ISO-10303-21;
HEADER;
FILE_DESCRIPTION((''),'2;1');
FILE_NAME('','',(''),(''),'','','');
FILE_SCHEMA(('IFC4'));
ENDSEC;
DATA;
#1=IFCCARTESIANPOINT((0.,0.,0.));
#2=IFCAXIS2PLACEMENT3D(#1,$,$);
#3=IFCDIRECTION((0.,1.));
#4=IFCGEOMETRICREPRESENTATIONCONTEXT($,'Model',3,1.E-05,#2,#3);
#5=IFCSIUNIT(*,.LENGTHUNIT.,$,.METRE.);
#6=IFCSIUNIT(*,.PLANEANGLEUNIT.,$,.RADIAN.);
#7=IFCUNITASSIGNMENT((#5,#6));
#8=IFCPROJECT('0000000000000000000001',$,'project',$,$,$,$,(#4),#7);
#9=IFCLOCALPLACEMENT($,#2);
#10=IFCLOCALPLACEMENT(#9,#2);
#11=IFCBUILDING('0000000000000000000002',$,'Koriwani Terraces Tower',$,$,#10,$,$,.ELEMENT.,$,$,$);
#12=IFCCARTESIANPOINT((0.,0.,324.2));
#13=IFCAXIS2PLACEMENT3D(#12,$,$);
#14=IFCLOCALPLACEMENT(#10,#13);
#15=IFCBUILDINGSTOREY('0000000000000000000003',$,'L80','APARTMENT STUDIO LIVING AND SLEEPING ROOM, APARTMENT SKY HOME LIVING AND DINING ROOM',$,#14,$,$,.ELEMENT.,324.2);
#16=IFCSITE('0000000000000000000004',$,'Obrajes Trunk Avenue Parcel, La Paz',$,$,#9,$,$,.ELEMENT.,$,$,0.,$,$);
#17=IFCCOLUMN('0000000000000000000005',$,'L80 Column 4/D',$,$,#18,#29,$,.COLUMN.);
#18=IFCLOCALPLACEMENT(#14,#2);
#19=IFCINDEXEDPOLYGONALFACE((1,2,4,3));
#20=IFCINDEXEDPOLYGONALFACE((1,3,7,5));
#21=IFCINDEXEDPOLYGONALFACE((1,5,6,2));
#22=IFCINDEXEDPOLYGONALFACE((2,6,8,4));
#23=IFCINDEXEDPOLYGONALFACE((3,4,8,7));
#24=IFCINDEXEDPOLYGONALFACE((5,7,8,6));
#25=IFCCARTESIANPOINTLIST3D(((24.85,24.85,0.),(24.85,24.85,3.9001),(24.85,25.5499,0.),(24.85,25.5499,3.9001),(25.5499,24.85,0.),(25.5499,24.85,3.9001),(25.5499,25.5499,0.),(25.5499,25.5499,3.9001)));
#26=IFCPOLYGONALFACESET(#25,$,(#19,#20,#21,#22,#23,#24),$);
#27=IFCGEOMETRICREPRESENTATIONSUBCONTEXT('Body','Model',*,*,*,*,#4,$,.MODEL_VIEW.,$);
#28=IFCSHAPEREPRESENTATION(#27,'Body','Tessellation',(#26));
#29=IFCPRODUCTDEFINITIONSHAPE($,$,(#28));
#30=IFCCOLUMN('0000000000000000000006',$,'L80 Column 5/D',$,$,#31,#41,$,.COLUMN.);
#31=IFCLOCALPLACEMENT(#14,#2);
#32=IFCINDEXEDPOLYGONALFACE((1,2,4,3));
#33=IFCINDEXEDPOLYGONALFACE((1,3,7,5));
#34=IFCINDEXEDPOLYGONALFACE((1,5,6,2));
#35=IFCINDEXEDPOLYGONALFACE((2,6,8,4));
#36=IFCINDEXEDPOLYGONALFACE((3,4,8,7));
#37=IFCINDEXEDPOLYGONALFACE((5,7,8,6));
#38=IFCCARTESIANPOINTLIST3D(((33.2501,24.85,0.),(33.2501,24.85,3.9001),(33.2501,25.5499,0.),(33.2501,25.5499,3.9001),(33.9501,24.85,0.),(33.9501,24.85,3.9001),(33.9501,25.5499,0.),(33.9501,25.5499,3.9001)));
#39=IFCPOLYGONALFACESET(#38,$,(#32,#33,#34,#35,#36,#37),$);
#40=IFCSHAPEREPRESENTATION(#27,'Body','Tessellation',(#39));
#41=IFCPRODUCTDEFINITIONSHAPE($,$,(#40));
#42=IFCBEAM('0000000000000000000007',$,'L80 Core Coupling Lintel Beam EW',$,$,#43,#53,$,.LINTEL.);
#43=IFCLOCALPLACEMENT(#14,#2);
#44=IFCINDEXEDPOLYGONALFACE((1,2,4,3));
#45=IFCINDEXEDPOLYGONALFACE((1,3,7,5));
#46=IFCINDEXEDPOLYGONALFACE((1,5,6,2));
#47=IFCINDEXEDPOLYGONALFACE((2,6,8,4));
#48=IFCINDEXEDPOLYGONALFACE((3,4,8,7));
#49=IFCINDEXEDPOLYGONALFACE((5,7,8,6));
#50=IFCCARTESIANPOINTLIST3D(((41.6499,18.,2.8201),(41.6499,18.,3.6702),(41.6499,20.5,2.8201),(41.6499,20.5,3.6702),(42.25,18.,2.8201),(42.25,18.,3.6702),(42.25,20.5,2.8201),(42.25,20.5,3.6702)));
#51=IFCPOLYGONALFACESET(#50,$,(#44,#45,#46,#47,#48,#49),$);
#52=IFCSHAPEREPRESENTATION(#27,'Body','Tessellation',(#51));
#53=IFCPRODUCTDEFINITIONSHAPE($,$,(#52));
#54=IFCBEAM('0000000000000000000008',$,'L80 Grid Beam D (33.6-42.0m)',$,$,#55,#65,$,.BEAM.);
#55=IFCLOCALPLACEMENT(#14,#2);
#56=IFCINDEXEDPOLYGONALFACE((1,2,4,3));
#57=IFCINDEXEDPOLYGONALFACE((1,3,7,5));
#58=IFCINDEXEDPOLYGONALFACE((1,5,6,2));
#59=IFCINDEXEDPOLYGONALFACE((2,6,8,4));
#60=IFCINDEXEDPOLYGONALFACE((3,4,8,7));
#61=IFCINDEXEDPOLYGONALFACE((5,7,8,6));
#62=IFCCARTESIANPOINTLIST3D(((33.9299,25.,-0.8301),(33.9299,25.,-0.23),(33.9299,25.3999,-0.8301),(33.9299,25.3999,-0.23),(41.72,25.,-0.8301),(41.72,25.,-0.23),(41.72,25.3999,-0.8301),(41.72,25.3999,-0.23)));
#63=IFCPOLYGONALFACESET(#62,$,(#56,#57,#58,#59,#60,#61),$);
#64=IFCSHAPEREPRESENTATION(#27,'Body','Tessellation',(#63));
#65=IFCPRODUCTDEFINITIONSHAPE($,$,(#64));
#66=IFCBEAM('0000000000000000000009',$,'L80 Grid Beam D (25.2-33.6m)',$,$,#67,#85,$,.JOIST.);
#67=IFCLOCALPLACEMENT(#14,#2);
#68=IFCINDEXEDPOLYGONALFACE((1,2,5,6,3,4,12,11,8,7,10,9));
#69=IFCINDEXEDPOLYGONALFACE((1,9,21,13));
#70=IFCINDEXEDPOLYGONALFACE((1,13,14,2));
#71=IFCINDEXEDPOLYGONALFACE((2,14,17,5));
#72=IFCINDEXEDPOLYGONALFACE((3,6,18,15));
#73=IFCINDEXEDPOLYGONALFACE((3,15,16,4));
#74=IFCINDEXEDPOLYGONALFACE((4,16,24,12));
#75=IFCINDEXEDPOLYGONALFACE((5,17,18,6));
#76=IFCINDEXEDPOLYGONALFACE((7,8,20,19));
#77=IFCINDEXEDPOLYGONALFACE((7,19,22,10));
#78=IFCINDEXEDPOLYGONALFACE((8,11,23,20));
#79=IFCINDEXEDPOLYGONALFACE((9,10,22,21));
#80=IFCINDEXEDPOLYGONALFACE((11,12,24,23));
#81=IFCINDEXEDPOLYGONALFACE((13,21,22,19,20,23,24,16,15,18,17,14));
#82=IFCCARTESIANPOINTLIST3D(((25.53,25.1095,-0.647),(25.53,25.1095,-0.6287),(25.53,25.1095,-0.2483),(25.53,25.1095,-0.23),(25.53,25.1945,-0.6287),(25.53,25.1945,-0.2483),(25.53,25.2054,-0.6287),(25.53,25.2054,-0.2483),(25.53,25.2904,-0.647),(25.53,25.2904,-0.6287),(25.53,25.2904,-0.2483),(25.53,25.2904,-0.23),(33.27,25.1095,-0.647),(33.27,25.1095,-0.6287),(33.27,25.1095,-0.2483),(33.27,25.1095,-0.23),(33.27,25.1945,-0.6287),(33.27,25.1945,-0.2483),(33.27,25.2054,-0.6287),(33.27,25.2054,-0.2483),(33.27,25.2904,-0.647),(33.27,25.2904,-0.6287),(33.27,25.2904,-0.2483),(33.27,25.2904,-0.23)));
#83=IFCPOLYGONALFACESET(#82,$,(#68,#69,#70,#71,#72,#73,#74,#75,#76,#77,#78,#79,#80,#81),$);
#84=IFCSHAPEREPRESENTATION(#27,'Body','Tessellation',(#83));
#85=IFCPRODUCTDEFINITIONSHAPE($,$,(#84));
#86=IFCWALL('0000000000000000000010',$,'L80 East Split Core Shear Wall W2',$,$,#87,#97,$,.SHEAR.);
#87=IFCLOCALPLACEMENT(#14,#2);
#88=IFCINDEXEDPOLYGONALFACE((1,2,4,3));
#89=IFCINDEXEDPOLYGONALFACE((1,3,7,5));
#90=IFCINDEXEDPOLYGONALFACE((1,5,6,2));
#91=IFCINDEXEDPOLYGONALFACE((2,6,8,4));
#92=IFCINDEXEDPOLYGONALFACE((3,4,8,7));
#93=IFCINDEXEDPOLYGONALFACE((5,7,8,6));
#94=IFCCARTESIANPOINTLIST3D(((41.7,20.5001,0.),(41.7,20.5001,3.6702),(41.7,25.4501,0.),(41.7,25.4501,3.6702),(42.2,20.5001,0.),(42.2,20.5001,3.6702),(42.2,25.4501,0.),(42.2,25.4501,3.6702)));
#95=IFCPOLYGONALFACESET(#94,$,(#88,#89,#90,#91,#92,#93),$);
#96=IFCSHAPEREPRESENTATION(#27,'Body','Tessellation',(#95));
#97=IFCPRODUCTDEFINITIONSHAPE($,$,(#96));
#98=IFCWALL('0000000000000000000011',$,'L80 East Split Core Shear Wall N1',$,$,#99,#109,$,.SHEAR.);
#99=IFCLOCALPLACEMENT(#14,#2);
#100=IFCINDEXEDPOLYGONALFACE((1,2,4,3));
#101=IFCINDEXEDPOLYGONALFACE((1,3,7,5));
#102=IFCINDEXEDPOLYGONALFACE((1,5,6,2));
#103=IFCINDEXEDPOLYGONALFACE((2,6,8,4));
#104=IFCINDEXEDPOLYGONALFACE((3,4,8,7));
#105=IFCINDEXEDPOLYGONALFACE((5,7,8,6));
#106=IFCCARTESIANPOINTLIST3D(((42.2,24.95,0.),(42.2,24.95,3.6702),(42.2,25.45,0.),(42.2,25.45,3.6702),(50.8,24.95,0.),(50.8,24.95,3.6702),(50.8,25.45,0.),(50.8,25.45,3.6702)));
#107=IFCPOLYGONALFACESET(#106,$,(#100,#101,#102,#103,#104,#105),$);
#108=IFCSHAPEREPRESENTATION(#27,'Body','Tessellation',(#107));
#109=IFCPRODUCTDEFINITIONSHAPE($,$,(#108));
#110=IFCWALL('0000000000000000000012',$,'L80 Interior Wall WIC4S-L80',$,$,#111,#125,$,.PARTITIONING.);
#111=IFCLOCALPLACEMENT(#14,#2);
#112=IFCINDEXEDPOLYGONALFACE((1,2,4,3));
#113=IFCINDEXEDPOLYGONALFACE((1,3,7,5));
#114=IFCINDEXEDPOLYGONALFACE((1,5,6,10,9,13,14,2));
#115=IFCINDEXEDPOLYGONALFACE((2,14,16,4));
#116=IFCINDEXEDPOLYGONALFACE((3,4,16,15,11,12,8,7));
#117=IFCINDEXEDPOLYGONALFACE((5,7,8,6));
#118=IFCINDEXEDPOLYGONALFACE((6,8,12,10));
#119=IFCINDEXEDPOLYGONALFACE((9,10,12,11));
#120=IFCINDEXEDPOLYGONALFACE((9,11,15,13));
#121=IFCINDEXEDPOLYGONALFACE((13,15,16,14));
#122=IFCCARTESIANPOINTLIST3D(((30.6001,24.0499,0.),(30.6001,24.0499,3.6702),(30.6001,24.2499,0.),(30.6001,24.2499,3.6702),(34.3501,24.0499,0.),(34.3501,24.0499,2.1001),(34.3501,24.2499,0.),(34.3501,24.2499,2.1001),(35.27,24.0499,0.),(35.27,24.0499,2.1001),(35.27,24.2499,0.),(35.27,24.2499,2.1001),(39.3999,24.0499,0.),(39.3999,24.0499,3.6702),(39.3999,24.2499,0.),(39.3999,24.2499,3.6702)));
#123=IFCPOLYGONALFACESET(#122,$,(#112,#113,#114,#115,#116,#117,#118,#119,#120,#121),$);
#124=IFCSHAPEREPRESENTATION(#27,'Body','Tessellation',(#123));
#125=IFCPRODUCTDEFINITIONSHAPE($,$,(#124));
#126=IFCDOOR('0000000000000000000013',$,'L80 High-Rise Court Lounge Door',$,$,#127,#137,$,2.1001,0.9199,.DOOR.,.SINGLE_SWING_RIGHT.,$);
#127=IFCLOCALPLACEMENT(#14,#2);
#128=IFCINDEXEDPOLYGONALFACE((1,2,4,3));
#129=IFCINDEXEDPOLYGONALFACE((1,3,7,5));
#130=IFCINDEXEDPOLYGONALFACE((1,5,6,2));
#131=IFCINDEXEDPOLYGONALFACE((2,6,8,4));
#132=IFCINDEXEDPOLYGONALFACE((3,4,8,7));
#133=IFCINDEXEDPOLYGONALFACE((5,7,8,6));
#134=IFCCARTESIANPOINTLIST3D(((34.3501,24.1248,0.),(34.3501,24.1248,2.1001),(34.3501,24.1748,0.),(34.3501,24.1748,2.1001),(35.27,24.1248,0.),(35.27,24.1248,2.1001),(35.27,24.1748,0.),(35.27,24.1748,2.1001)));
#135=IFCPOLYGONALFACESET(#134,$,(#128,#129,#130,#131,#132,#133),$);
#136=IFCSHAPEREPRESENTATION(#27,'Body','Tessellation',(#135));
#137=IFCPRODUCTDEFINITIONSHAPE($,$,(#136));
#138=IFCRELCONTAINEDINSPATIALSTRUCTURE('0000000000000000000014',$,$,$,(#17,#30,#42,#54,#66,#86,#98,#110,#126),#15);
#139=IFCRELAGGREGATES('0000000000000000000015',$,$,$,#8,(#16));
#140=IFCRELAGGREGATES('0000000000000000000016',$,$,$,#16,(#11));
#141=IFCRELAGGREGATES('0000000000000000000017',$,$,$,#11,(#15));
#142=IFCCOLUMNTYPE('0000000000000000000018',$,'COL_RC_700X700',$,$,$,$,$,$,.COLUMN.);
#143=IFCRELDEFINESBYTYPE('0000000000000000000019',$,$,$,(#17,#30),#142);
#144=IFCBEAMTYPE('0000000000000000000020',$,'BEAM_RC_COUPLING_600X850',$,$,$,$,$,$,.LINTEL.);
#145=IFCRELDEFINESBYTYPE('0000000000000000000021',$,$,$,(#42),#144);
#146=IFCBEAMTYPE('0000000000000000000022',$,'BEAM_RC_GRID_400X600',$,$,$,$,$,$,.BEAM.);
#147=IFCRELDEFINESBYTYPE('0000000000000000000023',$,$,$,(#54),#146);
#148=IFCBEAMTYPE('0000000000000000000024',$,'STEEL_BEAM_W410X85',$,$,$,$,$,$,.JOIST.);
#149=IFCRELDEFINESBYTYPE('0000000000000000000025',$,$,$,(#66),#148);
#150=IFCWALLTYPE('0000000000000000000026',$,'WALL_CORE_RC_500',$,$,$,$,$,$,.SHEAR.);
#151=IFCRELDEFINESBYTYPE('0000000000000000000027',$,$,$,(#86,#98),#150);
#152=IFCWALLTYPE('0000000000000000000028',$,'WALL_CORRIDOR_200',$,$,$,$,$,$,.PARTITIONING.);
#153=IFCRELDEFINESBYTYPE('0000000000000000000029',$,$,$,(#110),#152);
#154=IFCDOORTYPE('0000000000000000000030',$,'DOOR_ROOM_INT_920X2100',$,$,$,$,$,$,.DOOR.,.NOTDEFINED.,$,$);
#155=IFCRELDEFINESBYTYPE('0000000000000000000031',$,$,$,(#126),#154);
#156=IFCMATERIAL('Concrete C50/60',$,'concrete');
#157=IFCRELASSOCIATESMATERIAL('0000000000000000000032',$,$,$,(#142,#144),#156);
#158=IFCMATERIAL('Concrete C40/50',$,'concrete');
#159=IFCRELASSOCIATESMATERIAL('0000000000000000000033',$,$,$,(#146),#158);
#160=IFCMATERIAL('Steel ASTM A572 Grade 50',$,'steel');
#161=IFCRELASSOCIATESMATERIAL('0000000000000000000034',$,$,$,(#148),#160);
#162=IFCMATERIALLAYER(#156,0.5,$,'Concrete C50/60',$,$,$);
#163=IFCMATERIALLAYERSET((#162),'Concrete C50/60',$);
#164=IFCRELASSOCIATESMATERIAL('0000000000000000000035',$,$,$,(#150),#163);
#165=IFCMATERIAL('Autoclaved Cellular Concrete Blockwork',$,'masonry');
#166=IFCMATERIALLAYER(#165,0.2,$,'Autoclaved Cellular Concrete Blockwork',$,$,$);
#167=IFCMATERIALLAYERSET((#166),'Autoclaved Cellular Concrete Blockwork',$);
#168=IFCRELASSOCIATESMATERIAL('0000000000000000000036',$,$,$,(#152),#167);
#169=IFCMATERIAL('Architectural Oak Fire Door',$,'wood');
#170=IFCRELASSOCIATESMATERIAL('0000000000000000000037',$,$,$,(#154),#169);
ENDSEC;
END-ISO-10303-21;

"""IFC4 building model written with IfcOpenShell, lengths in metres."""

from ifc_helpers import new_model, si_unit, direction, frame, frame_2d, origin, origin_2d, place, context, subcontext, project, spatial, rectangle, i_section, extrude, material, layer, layer_set, material_profile, profile_set, type_object, element, fill, save


model = new_model("IFC4")

# Units and contexts
model_context = context("Model", 3, precision=1e-05, world=origin(), true_north=direction((0.0, 1.0)))
body_context = subcontext(model_context, "Body", "Model", "MODEL_VIEW")
ifc_project = project(units=[si_unit("LENGTHUNIT", "METRE"), si_unit("PLANEANGLEUNIT", "RADIAN")], contexts=[model_context])

# Site, building, storey
site_placement = place(None, origin())
site = spatial("IfcSite", under=ifc_project, at=site_placement, Name="Obrajes Trunk Avenue Parcel, La Paz", CompositionType="ELEMENT", RefElevation=0.0)
building_placement = place(site_placement, origin())
building = spatial("IfcBuilding", under=site, at=building_placement, Name="Koriwani Terraces Tower", CompositionType="ELEMENT")
storey_placement = place(building_placement, frame((0.0, 0.0, 324.2)))
storey = spatial("IfcBuildingStorey", under=building, at=storey_placement, Name="L80", Description="APARTMENT STUDIO LIVING AND SLEEPING ROOM, APARTMENT SKY HOME LIVING AND DINING ROOM", CompositionType="ELEMENT", Elevation=324.2)

# Columns
ifc_material_1 = material(Name="Concrete C50/60", Category="concrete")
ifc_material_profile_1 = material_profile(ifc_material_1, rectangle(XDim=0.7, YDim=0.7, at=origin_2d()), Name="Concrete C50/60", Category="LoadBearing")
ifc_profile_set_1 = profile_set([ifc_material_profile_1], Name="Concrete C50/60")
column_type = type_object("IfcColumnType", Name="COL_RC_700X700", PredefinedType="COLUMN", material=ifc_profile_set_1)
for number, where, z_axis, x_axis, name in (
    (1, (25.2, 25.2, 0.0), (0.0, 0.0, 1.0), (1.0, 0.0, 0.0), "L80 Column 4/D"),
    (2, (33.6001, 25.2, 0.0), (0.0, 0.0, 1.0), (1.0, 0.0, 0.0), "L80 Column 5/D"),
):
    element("IfcColumn", number, at=place(storey_placement, frame(where, z_axis=z_axis, x_axis=x_axis)), inside=storey, type_object=column_type, Name=name, PredefinedType="COLUMN", context=body_context, shape_type="SweptSolid", body=[
        extrude(rectangle(XDim=0.7, YDim=0.7, at=origin_2d()), origin(), (0.0, 0.0, 1.0), 3.9001),
    ])

# Beams
ifc_material_profile_2 = material_profile(ifc_material_1, rectangle(XDim=0.6001, YDim=0.8501, at=origin_2d()), Name="Concrete C50/60", Category="LoadBearing")
ifc_profile_set_2 = profile_set([ifc_material_profile_2], Name="Concrete C50/60")
beam_type_1 = type_object("IfcBeamType", Name="BEAM_RC_COUPLING_600X850", PredefinedType="LINTEL", material=ifc_profile_set_2)
beam_1_placement = place(storey_placement, frame((41.95, 18.0, 3.2451), z_axis=(0.0, 1.0, 0.0), x_axis=(-1.0, 0.0, 0.0)))
element("IfcBeam", 3, at=beam_1_placement, inside=storey, type_object=beam_type_1, Name="L80 Core Coupling Lintel Beam EW", PredefinedType="LINTEL", context=body_context, shape_type="SweptSolid", body=[
    extrude(rectangle(XDim=0.6001, YDim=0.8501, at=origin_2d()), origin(), (0.0, 0.0, 1.0), 2.5),
])
ifc_material_2 = material(Name="Concrete C40/50", Category="concrete")
ifc_material_profile_3 = material_profile(ifc_material_2, rectangle(XDim=0.3999, YDim=0.6001, at=origin_2d()), Name="Concrete C40/50", Category="LoadBearing")
ifc_profile_set_3 = profile_set([ifc_material_profile_3], Name="Concrete C40/50")
beam_type_2 = type_object("IfcBeamType", Name="BEAM_RC_GRID_400X600", PredefinedType="BEAM", material=ifc_profile_set_3)
beam_2_placement = place(storey_placement, frame((33.9299, 25.2, -0.53), z_axis=(1.0, 0.0, 0.0), x_axis=(0.0, 1.0, 0.0)))
element("IfcBeam", 4, at=beam_2_placement, inside=storey, type_object=beam_type_2, Name="L80 Grid Beam D (33.6-42.0m)", PredefinedType="BEAM", context=body_context, shape_type="SweptSolid", body=[
    extrude(rectangle(XDim=0.3999, YDim=0.6001, at=origin_2d()), origin(), (0.0, 0.0, 1.0), 7.79),
])
ifc_material_3 = material(Name="Steel ASTM A572 Grade 50", Category="steel")
ifc_material_profile_4 = material_profile(ifc_material_3, i_section(OverallWidth=0.1809, OverallDepth=0.417, WebThickness=0.011, FlangeThickness=0.0183, at=origin_2d()), Name="Steel ASTM A572 Grade 50", Category="LoadBearing")
ifc_profile_set_4 = profile_set([ifc_material_profile_4], Name="Steel ASTM A572 Grade 50")
beam_type_3 = type_object("IfcBeamType", Name="STEEL_BEAM_W410X85", PredefinedType="JOIST", material=ifc_profile_set_4)
beam_3_placement = place(storey_placement, frame((25.53, 25.2, -0.4385), z_axis=(1.0, 0.0, 0.0), x_axis=(0.0, 1.0, 0.0)))
element("IfcBeam", 5, at=beam_3_placement, inside=storey, type_object=beam_type_3, Name="L80 Grid Beam D (25.2-33.6m)", PredefinedType="JOIST", context=body_context, shape_type="SweptSolid", body=[
    extrude(i_section(OverallWidth=0.1809, OverallDepth=0.417, WebThickness=0.011, FlangeThickness=0.0183, at=origin_2d()), origin(), (0.0, 0.0, 1.0), 7.74),
])

# Walls
ifc_layer_1 = layer(ifc_material_1, 0.5, Name="Concrete C50/60")
ifc_layer_set_1 = layer_set([ifc_layer_1], Name="Concrete C50/60")
wall_type_1 = type_object("IfcWallType", Name="WALL_CORE_RC_500", PredefinedType="SHEAR", material=ifc_layer_set_1)
wall_1_placement = place(storey_placement, frame((41.95, 20.5, 0.0), z_axis=(0.0, 0.0, 1.0), x_axis=(0.0, 1.0, 0.0)))
element("IfcWall", 6, at=wall_1_placement, inside=storey, type_object=wall_type_1, Name="L80 East Split Core Shear Wall W2", PredefinedType="SHEAR", context=body_context, shape_type="SweptSolid", body=[
    extrude(rectangle(XDim=4.95, YDim=0.5, at=frame_2d((2.4751, 0.0))), origin(), (0.0, 0.0, 1.0), 3.6702),
])
wall_2_placement = place(storey_placement, frame((42.2, 25.2, 0.0), z_axis=(0.0, 0.0, 1.0), x_axis=(1.0, 0.0, 0.0)))
element("IfcWall", 7, at=wall_2_placement, inside=storey, type_object=wall_type_1, Name="L80 East Split Core Shear Wall N1", PredefinedType="SHEAR", context=body_context, shape_type="SweptSolid", body=[
    extrude(rectangle(XDim=8.6001, YDim=0.5, at=frame_2d((4.3, 0.0))), origin(), (0.0, 0.0, 1.0), 3.6702),
])

# Wall, opening, door
ifc_material_4 = material(Name="Autoclaved Cellular Concrete Blockwork", Category="masonry")
ifc_layer_2 = layer(ifc_material_4, 0.2, Name="Autoclaved Cellular Concrete Blockwork")
ifc_layer_set_2 = layer_set([ifc_layer_2], Name="Autoclaved Cellular Concrete Blockwork")
wall_type_2 = type_object("IfcWallType", Name="WALL_CORRIDOR_200", PredefinedType="PARTITIONING", material=ifc_layer_set_2)
wall_3_placement = place(storey_placement, frame((30.6001, 24.1499, 0.0), z_axis=(0.0, 0.0, 1.0), x_axis=(1.0, 0.0, 0.0)))
wall_3 = element("IfcWall", 8, at=wall_3_placement, inside=storey, type_object=wall_type_2, Name="L80 Interior Wall WIC4S-L80", PredefinedType="PARTITIONING", context=body_context, shape_type="SweptSolid", body=[
    extrude(rectangle(XDim=8.7998, YDim=0.2, at=frame_2d((4.3999, 0.0))), origin(), (0.0, 0.0, 1.0), 3.6702),
])
opening_1_placement = place(wall_3_placement, frame((3.75, 0.0, 0.0)))
opening_1 = element("IfcOpeningElement", 9, at=opening_1_placement, cuts=wall_3, PredefinedType="OPENING", context=body_context, shape_type="SweptSolid", body=[
    extrude(rectangle(XDim=0.9199, YDim=2.1001, at=frame_2d((0.46, 1.05))), frame((0.0, 0.1099, 0.0), z_axis=(0.0, -1.0, 0.0), x_axis=(1.0, 0.0, 0.0)), (0.0, 0.0, 1.0), 0.22),
])
ifc_material_5 = material(Name="Architectural Oak Fire Door", Category="wood")
door_type_1 = type_object("IfcDoorType", Name="DOOR_ROOM_INT_920X2100", OperationType="NOTDEFINED", PredefinedType="DOOR", material=ifc_material_5)
door_1_placement = place(opening_1_placement, origin())
door_1 = element("IfcDoor", 10, at=door_1_placement, inside=storey, type_object=door_type_1, Name="L80 High-Rise Court Lounge Door", OperationType="SINGLE_SWING_RIGHT", OverallHeight=2.1001, OverallWidth=0.9199, PredefinedType="DOOR", context=body_context, shape_type="SweptSolid", body=[
    extrude(rectangle(XDim=0.9199, YDim=2.1001, at=frame_2d((0.46, 1.05))), frame((0.0, 0.0249, 0.0), z_axis=(0.0, -1.0, 0.0), x_axis=(1.0, 0.0, 0.0)), (0.0, 0.0, 1.0), 0.05),
])
fill(opening_1, door_1)

save(model, "model.ifc")
